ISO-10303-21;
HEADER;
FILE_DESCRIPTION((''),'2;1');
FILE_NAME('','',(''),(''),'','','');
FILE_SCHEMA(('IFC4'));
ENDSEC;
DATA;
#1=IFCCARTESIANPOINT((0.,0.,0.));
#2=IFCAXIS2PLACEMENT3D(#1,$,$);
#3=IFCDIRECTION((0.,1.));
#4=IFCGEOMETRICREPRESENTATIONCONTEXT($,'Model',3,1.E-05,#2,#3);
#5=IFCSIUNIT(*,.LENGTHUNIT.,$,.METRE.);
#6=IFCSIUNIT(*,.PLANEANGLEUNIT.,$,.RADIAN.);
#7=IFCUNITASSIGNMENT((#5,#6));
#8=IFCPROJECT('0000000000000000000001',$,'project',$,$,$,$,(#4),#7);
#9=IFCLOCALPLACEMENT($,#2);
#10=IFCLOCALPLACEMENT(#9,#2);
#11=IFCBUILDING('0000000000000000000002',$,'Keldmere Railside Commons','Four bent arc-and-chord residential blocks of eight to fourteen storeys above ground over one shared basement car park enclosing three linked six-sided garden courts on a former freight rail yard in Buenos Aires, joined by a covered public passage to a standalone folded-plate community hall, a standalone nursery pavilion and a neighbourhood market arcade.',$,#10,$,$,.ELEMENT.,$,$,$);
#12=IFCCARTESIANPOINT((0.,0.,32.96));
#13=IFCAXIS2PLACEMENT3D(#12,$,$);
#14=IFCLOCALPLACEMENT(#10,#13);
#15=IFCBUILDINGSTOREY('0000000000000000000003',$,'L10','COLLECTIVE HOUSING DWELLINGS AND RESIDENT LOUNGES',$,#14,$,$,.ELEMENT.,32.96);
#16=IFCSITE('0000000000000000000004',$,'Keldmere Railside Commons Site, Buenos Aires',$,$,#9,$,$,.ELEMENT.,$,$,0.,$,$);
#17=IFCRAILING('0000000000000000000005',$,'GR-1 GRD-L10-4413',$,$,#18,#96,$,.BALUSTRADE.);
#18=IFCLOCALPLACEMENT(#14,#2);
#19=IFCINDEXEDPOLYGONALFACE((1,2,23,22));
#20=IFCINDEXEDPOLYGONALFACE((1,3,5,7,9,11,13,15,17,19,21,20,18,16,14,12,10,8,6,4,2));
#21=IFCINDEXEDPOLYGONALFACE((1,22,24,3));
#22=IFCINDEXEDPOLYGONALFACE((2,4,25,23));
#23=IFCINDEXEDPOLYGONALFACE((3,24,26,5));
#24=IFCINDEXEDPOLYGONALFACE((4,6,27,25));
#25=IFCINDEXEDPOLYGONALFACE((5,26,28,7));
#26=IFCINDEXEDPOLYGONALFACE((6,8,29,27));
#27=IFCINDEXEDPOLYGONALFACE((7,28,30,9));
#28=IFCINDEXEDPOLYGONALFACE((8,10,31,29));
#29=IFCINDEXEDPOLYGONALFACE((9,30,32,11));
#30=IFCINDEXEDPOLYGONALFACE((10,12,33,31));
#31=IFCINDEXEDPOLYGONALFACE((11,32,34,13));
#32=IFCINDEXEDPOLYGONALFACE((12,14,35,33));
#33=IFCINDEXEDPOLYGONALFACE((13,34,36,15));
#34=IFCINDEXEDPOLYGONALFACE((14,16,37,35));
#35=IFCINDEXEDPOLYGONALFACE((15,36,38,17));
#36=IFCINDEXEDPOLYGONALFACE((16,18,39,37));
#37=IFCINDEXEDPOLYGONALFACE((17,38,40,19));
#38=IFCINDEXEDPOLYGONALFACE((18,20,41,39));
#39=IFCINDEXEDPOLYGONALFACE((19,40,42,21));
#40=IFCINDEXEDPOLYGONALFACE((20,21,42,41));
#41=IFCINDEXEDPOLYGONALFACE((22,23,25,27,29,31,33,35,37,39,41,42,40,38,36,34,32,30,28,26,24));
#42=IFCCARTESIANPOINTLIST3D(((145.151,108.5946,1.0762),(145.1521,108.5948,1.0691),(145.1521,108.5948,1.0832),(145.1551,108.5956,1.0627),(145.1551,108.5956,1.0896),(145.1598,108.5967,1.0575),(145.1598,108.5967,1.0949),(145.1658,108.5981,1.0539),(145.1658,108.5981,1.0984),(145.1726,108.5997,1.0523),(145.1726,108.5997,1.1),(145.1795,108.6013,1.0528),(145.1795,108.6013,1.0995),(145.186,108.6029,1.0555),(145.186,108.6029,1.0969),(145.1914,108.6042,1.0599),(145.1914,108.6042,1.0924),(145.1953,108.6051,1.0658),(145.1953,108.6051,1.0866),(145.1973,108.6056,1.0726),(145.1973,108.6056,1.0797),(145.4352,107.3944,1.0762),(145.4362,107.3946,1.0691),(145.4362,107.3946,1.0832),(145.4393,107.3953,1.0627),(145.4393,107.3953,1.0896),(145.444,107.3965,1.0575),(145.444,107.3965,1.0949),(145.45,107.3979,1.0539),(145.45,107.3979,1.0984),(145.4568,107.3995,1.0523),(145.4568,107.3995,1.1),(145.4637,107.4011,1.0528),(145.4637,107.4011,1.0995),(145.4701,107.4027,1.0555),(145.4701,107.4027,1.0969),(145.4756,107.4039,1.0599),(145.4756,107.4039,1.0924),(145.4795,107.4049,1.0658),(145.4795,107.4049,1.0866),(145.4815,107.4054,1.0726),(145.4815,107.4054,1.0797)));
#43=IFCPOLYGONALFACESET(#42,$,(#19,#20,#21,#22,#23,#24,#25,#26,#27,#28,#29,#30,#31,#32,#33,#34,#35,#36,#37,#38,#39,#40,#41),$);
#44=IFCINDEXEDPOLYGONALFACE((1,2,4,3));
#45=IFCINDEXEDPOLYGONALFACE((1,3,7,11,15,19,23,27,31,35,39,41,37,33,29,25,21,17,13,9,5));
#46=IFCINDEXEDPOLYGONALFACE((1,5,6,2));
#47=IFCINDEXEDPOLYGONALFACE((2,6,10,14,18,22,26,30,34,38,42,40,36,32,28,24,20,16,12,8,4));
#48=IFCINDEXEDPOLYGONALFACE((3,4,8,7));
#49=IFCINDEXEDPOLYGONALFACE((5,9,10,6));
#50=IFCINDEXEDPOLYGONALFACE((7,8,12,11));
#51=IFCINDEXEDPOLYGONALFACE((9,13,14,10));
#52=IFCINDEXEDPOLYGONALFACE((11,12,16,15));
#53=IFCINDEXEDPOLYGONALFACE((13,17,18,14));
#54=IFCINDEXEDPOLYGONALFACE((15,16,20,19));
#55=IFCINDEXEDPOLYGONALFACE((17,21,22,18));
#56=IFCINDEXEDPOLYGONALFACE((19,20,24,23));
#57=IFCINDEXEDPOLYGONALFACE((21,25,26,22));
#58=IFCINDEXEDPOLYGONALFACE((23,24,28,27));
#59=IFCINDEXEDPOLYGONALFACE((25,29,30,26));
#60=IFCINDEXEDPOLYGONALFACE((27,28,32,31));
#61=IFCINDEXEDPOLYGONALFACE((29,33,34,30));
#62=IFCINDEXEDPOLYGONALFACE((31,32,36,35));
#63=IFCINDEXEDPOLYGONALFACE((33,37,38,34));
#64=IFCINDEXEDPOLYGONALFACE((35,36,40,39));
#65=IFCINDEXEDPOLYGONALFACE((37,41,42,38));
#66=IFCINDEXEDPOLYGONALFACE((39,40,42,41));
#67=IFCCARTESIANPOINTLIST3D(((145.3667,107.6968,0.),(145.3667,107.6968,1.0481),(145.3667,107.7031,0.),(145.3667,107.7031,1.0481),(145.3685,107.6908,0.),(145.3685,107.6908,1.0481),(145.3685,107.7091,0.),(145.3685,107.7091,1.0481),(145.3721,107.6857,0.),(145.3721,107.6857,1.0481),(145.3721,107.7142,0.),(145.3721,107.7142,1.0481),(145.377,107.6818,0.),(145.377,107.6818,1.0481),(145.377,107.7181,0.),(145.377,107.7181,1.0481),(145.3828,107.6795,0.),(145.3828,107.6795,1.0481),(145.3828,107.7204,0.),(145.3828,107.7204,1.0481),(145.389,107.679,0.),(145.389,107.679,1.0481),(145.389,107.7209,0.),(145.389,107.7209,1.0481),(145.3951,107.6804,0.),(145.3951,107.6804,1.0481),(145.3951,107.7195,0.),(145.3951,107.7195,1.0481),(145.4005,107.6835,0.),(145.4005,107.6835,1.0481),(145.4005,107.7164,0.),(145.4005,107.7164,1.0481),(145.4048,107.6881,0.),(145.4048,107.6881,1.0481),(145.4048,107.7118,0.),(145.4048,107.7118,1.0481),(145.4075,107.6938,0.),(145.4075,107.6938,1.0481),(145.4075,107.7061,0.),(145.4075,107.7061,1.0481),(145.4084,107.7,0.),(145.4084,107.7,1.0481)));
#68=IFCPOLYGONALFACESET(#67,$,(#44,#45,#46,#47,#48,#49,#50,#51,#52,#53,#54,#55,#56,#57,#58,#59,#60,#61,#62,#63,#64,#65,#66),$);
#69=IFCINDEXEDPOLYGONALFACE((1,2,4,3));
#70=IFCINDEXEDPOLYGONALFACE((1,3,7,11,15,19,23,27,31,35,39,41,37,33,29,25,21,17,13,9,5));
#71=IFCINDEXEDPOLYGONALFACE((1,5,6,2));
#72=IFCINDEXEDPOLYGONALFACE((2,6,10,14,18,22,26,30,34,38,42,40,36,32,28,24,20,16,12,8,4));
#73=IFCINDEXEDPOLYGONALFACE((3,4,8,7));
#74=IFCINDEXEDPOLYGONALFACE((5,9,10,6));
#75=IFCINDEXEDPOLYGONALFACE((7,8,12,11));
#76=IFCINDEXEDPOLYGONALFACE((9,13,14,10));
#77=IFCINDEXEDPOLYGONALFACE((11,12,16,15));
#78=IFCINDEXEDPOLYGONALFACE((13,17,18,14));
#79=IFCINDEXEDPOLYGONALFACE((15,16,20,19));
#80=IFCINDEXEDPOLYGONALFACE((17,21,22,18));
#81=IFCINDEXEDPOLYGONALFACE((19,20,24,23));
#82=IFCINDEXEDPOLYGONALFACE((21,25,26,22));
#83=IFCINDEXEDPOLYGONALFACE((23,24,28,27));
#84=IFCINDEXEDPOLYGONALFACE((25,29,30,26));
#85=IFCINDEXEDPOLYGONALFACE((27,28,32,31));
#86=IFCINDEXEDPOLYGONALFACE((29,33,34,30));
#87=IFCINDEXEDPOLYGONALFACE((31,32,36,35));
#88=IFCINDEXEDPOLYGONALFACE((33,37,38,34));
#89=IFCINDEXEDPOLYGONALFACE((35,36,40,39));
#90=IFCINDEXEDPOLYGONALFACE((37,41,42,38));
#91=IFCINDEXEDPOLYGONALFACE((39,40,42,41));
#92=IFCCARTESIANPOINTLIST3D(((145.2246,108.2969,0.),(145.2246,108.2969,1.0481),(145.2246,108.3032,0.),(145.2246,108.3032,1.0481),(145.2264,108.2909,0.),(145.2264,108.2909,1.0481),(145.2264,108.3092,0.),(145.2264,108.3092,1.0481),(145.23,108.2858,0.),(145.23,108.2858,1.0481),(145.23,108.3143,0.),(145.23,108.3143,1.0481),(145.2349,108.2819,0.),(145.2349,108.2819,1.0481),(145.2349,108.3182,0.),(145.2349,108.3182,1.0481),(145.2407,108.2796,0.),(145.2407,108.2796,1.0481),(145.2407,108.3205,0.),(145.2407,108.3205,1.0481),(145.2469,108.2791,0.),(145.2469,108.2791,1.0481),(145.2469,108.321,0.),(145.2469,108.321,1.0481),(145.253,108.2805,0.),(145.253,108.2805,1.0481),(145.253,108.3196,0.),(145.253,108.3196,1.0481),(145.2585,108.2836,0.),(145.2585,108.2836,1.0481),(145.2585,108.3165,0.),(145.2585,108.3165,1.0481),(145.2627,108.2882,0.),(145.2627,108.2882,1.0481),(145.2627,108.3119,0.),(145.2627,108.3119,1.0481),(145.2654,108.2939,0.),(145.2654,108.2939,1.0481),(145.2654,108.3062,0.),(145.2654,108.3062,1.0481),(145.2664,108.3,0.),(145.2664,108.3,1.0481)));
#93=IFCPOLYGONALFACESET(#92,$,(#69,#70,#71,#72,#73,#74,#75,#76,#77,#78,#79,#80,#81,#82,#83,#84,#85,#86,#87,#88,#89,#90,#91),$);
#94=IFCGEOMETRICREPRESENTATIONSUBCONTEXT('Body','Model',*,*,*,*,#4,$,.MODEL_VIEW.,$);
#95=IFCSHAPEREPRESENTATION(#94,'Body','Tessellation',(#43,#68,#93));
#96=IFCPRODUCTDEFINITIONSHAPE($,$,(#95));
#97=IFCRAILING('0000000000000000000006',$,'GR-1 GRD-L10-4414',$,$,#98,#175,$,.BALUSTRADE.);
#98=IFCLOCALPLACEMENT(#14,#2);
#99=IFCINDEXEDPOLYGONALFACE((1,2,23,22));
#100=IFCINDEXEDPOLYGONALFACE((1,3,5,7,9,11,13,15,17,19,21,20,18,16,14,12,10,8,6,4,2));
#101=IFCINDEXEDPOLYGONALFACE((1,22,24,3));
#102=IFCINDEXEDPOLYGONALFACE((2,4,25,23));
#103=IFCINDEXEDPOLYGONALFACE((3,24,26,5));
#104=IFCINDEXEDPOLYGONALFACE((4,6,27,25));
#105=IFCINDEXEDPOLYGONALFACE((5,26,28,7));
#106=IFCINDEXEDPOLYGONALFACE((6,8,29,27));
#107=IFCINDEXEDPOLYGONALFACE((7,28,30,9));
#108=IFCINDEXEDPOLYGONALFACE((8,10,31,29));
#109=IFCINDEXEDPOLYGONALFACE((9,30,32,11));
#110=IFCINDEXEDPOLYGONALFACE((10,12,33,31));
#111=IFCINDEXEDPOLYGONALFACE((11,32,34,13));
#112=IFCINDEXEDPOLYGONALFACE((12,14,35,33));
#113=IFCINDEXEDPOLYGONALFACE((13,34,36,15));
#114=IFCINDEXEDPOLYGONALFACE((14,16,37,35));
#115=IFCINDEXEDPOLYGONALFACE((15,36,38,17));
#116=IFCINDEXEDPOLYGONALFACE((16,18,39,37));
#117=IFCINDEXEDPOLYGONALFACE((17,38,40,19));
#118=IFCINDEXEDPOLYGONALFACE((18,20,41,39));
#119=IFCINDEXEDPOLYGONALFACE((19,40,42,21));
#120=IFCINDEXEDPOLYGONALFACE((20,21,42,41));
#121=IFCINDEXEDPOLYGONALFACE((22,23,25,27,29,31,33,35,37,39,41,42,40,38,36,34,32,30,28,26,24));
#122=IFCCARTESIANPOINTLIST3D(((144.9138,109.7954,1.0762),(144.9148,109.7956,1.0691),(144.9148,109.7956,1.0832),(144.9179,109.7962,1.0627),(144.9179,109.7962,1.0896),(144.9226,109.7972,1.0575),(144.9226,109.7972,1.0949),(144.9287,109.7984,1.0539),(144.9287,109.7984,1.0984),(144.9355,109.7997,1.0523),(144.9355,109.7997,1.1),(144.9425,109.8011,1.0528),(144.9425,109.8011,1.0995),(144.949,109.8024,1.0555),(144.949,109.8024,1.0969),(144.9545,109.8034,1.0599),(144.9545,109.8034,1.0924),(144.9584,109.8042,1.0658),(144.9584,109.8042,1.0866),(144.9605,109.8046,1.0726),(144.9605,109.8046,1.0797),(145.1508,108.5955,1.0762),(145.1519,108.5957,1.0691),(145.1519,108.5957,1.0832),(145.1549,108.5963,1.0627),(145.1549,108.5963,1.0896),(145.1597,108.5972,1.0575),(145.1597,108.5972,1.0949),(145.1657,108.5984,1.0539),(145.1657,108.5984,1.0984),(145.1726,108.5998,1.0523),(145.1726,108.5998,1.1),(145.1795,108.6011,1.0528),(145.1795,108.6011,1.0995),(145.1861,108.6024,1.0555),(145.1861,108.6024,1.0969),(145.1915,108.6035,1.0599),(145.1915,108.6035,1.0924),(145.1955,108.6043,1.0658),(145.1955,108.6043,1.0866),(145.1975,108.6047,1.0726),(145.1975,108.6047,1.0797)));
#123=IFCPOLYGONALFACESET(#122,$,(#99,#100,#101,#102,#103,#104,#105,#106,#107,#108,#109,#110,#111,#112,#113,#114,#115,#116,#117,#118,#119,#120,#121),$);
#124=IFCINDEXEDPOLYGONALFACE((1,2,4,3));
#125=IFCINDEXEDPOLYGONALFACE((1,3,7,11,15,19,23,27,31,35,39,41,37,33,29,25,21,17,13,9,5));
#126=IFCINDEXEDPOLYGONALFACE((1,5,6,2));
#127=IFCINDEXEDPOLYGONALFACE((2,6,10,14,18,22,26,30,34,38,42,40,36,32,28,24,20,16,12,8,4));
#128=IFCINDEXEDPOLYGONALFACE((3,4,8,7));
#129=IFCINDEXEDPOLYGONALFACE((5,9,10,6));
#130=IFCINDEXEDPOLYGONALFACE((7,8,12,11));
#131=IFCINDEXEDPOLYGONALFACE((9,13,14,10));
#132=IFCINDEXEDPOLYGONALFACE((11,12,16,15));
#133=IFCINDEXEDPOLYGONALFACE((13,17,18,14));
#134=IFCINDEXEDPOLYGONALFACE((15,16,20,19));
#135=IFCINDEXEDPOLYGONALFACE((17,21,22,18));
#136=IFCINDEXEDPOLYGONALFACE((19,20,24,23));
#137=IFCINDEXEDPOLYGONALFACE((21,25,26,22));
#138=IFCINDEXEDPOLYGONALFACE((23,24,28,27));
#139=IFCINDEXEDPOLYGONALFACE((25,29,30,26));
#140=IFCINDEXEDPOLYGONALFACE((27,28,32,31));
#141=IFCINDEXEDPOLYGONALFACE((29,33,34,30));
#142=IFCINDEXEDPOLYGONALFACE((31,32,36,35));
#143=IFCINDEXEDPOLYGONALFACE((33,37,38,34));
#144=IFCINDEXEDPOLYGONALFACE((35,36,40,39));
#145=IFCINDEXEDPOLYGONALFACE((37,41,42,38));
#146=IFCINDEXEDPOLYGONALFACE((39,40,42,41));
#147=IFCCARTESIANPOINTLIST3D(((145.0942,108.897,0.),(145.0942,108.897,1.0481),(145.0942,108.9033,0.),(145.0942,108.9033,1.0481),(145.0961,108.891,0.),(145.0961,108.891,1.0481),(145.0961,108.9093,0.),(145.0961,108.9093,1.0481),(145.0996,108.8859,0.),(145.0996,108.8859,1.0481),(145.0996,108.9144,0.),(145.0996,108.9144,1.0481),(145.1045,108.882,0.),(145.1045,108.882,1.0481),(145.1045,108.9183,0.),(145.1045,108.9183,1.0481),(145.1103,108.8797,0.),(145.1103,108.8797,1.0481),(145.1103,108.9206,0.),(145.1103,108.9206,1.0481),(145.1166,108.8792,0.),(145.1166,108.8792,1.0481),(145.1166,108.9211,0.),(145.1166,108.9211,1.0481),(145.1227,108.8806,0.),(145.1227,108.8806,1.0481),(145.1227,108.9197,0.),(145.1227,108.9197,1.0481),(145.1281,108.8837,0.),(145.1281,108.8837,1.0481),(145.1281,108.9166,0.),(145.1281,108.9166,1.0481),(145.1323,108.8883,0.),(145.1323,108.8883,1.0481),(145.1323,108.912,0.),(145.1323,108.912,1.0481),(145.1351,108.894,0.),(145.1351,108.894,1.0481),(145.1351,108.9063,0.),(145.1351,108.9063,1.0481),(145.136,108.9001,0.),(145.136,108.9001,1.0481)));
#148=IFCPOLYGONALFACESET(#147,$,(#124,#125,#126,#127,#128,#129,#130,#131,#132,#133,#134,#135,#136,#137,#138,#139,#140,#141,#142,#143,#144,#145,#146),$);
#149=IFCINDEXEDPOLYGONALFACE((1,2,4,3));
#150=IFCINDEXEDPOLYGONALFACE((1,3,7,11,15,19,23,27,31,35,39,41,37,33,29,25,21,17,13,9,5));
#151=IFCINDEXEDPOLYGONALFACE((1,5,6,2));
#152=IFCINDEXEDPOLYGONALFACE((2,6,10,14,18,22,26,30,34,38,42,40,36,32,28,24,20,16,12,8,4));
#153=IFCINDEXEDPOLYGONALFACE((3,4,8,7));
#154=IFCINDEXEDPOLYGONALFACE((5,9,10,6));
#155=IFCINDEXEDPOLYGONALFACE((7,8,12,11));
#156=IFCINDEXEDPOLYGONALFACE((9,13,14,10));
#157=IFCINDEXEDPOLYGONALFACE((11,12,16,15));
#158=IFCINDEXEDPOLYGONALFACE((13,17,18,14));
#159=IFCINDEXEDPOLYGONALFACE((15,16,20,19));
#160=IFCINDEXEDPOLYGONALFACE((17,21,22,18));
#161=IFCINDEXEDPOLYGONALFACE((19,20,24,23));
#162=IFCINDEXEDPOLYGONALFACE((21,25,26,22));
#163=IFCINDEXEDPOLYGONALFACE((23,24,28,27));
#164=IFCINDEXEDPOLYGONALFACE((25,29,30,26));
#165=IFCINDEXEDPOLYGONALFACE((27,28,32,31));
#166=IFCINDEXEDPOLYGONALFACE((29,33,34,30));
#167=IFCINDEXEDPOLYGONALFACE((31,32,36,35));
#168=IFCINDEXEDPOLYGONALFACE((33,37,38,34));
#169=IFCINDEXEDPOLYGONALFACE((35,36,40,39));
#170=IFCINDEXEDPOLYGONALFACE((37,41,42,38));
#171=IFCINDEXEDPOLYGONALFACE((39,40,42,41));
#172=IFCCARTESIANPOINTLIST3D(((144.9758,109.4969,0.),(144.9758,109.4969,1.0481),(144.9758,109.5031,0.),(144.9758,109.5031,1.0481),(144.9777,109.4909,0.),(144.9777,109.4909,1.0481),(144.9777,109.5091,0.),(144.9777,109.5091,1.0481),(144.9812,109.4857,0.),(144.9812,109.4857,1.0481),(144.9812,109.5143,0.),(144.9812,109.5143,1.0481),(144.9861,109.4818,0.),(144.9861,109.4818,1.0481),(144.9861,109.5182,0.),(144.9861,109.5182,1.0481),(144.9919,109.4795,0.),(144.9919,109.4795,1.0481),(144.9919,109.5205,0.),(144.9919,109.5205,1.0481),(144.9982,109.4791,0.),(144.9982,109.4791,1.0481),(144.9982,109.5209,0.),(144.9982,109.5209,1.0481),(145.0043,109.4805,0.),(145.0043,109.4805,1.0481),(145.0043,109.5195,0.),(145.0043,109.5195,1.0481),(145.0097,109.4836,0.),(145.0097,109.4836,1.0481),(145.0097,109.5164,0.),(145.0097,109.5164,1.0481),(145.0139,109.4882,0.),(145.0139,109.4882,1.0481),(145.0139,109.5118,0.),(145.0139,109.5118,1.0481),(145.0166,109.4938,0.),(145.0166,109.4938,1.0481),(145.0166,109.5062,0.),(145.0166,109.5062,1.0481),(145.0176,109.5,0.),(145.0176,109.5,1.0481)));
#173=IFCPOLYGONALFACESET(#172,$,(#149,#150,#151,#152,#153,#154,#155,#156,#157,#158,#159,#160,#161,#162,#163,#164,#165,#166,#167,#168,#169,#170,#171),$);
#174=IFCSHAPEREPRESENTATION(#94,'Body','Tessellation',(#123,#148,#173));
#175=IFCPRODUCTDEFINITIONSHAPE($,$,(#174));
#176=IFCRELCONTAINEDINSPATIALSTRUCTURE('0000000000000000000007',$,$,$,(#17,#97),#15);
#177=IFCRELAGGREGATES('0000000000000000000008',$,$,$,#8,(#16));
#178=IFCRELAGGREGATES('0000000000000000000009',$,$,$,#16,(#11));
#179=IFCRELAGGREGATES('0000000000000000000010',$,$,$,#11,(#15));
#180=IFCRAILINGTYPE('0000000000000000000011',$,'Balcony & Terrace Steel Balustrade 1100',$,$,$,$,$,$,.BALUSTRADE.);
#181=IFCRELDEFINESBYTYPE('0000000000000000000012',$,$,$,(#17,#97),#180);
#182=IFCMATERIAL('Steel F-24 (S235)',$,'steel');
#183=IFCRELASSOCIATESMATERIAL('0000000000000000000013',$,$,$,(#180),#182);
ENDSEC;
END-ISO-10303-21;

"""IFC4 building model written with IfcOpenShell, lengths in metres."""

from ifc_helpers import new_model, si_unit, direction, frame, origin, origin_2d, place, context, subcontext, project, spatial, circle, extrude, material, type_object, element, save


model = new_model("IFC4")

# Units and contexts
model_context = context("Model", 3, precision=1e-05, world=origin(), true_north=direction((0.0, 1.0)))
body_context = subcontext(model_context, "Body", "Model", "MODEL_VIEW")
ifc_project = project(units=[si_unit("LENGTHUNIT", "METRE"), si_unit("PLANEANGLEUNIT", "RADIAN")], contexts=[model_context])

# Site, building, storey
site_placement = place(None, origin())
site = spatial("IfcSite", under=ifc_project, at=site_placement, Name="Keldmere Railside Commons Site, Buenos Aires", CompositionType="ELEMENT", RefElevation=0.0)
building_placement = place(site_placement, origin())
building = spatial("IfcBuilding", under=site, at=building_placement, Name="Keldmere Railside Commons", Description="Four bent arc-and-chord residential blocks of eight to fourteen storeys above ground over one shared basement car park enclosing three linked six-sided garden courts on a former freight rail yard in Buenos Aires, joined by a covered public passage to a standalone folded-plate community hall, a standalone nursery pavilion and a neighbourhood market arcade.", CompositionType="ELEMENT")
storey_placement = place(building_placement, frame((0.0, 0.0, 32.96)))
storey = spatial("IfcBuildingStorey", under=building, at=storey_placement, Name="L10", Description="COLLECTIVE HOUSING DWELLINGS AND RESIDENT LOUNGES", CompositionType="ELEMENT", Elevation=32.96)

# Shared definitions
ifc_material_1 = material(Name="Steel F-24 (S235)", Category="steel")

# Railings
railing_type = type_object("IfcRailingType", Name="Balcony & Terrace Steel Balustrade 1100", PredefinedType="BALUSTRADE", material=ifc_material_1)
railing_1_placement = place(storey_placement, frame((145.4585, 107.3999, 0.0)))
element("IfcRailing", 1, at=railing_1_placement, inside=storey, type_object=railing_type, Name="GR-1 GRD-L10-4413", PredefinedType="BALUSTRADE", context=body_context, shape_type="SweptSolid", body=[
    extrude(circle(Radius=0.0239, at=origin_2d()), frame((0.0, 0.0, 1.0762), z_axis=(-0.230407, 0.973094, 0.0), x_axis=(-0.973094, -0.230407, 0.0)), (0.0, 0.0, 1.0), 1.2334),
    extrude(circle(Radius=0.021, at=origin_2d()), frame((-0.071, 0.3, 0.0)), (0.0, 0.0, 1.0), 1.0481),
    extrude(circle(Radius=0.021, at=origin_2d()), frame((-0.2131, 0.9001, 0.0)), (0.0, 0.0, 1.0), 1.0481),
])
railing_2_placement = place(storey_placement, frame((145.1743, 108.6001, 0.0)))
element("IfcRailing", 2, at=railing_2_placement, inside=storey, type_object=railing_type, Name="GR-1 GRD-L10-4414", PredefinedType="BALUSTRADE", context=body_context, shape_type="SweptSolid", body=[
    extrude(circle(Radius=0.0239, at=origin_2d()), frame((0.0, 0.0, 1.0762), z_axis=(-0.193813, 0.981039, 0.0), x_axis=(-0.981039, -0.193813, 0.0)), (0.0, 0.0, 1.0), 1.2231),
    extrude(circle(Radius=0.021, at=origin_2d()), frame((-0.0593, 0.3, 0.0)), (0.0, 0.0, 1.0), 1.0481),
    extrude(circle(Radius=0.021, at=origin_2d()), frame((-0.1777, 0.8999, 0.0)), (0.0, 0.0, 1.0), 1.0481),
])

save(model, "model.ifc")
